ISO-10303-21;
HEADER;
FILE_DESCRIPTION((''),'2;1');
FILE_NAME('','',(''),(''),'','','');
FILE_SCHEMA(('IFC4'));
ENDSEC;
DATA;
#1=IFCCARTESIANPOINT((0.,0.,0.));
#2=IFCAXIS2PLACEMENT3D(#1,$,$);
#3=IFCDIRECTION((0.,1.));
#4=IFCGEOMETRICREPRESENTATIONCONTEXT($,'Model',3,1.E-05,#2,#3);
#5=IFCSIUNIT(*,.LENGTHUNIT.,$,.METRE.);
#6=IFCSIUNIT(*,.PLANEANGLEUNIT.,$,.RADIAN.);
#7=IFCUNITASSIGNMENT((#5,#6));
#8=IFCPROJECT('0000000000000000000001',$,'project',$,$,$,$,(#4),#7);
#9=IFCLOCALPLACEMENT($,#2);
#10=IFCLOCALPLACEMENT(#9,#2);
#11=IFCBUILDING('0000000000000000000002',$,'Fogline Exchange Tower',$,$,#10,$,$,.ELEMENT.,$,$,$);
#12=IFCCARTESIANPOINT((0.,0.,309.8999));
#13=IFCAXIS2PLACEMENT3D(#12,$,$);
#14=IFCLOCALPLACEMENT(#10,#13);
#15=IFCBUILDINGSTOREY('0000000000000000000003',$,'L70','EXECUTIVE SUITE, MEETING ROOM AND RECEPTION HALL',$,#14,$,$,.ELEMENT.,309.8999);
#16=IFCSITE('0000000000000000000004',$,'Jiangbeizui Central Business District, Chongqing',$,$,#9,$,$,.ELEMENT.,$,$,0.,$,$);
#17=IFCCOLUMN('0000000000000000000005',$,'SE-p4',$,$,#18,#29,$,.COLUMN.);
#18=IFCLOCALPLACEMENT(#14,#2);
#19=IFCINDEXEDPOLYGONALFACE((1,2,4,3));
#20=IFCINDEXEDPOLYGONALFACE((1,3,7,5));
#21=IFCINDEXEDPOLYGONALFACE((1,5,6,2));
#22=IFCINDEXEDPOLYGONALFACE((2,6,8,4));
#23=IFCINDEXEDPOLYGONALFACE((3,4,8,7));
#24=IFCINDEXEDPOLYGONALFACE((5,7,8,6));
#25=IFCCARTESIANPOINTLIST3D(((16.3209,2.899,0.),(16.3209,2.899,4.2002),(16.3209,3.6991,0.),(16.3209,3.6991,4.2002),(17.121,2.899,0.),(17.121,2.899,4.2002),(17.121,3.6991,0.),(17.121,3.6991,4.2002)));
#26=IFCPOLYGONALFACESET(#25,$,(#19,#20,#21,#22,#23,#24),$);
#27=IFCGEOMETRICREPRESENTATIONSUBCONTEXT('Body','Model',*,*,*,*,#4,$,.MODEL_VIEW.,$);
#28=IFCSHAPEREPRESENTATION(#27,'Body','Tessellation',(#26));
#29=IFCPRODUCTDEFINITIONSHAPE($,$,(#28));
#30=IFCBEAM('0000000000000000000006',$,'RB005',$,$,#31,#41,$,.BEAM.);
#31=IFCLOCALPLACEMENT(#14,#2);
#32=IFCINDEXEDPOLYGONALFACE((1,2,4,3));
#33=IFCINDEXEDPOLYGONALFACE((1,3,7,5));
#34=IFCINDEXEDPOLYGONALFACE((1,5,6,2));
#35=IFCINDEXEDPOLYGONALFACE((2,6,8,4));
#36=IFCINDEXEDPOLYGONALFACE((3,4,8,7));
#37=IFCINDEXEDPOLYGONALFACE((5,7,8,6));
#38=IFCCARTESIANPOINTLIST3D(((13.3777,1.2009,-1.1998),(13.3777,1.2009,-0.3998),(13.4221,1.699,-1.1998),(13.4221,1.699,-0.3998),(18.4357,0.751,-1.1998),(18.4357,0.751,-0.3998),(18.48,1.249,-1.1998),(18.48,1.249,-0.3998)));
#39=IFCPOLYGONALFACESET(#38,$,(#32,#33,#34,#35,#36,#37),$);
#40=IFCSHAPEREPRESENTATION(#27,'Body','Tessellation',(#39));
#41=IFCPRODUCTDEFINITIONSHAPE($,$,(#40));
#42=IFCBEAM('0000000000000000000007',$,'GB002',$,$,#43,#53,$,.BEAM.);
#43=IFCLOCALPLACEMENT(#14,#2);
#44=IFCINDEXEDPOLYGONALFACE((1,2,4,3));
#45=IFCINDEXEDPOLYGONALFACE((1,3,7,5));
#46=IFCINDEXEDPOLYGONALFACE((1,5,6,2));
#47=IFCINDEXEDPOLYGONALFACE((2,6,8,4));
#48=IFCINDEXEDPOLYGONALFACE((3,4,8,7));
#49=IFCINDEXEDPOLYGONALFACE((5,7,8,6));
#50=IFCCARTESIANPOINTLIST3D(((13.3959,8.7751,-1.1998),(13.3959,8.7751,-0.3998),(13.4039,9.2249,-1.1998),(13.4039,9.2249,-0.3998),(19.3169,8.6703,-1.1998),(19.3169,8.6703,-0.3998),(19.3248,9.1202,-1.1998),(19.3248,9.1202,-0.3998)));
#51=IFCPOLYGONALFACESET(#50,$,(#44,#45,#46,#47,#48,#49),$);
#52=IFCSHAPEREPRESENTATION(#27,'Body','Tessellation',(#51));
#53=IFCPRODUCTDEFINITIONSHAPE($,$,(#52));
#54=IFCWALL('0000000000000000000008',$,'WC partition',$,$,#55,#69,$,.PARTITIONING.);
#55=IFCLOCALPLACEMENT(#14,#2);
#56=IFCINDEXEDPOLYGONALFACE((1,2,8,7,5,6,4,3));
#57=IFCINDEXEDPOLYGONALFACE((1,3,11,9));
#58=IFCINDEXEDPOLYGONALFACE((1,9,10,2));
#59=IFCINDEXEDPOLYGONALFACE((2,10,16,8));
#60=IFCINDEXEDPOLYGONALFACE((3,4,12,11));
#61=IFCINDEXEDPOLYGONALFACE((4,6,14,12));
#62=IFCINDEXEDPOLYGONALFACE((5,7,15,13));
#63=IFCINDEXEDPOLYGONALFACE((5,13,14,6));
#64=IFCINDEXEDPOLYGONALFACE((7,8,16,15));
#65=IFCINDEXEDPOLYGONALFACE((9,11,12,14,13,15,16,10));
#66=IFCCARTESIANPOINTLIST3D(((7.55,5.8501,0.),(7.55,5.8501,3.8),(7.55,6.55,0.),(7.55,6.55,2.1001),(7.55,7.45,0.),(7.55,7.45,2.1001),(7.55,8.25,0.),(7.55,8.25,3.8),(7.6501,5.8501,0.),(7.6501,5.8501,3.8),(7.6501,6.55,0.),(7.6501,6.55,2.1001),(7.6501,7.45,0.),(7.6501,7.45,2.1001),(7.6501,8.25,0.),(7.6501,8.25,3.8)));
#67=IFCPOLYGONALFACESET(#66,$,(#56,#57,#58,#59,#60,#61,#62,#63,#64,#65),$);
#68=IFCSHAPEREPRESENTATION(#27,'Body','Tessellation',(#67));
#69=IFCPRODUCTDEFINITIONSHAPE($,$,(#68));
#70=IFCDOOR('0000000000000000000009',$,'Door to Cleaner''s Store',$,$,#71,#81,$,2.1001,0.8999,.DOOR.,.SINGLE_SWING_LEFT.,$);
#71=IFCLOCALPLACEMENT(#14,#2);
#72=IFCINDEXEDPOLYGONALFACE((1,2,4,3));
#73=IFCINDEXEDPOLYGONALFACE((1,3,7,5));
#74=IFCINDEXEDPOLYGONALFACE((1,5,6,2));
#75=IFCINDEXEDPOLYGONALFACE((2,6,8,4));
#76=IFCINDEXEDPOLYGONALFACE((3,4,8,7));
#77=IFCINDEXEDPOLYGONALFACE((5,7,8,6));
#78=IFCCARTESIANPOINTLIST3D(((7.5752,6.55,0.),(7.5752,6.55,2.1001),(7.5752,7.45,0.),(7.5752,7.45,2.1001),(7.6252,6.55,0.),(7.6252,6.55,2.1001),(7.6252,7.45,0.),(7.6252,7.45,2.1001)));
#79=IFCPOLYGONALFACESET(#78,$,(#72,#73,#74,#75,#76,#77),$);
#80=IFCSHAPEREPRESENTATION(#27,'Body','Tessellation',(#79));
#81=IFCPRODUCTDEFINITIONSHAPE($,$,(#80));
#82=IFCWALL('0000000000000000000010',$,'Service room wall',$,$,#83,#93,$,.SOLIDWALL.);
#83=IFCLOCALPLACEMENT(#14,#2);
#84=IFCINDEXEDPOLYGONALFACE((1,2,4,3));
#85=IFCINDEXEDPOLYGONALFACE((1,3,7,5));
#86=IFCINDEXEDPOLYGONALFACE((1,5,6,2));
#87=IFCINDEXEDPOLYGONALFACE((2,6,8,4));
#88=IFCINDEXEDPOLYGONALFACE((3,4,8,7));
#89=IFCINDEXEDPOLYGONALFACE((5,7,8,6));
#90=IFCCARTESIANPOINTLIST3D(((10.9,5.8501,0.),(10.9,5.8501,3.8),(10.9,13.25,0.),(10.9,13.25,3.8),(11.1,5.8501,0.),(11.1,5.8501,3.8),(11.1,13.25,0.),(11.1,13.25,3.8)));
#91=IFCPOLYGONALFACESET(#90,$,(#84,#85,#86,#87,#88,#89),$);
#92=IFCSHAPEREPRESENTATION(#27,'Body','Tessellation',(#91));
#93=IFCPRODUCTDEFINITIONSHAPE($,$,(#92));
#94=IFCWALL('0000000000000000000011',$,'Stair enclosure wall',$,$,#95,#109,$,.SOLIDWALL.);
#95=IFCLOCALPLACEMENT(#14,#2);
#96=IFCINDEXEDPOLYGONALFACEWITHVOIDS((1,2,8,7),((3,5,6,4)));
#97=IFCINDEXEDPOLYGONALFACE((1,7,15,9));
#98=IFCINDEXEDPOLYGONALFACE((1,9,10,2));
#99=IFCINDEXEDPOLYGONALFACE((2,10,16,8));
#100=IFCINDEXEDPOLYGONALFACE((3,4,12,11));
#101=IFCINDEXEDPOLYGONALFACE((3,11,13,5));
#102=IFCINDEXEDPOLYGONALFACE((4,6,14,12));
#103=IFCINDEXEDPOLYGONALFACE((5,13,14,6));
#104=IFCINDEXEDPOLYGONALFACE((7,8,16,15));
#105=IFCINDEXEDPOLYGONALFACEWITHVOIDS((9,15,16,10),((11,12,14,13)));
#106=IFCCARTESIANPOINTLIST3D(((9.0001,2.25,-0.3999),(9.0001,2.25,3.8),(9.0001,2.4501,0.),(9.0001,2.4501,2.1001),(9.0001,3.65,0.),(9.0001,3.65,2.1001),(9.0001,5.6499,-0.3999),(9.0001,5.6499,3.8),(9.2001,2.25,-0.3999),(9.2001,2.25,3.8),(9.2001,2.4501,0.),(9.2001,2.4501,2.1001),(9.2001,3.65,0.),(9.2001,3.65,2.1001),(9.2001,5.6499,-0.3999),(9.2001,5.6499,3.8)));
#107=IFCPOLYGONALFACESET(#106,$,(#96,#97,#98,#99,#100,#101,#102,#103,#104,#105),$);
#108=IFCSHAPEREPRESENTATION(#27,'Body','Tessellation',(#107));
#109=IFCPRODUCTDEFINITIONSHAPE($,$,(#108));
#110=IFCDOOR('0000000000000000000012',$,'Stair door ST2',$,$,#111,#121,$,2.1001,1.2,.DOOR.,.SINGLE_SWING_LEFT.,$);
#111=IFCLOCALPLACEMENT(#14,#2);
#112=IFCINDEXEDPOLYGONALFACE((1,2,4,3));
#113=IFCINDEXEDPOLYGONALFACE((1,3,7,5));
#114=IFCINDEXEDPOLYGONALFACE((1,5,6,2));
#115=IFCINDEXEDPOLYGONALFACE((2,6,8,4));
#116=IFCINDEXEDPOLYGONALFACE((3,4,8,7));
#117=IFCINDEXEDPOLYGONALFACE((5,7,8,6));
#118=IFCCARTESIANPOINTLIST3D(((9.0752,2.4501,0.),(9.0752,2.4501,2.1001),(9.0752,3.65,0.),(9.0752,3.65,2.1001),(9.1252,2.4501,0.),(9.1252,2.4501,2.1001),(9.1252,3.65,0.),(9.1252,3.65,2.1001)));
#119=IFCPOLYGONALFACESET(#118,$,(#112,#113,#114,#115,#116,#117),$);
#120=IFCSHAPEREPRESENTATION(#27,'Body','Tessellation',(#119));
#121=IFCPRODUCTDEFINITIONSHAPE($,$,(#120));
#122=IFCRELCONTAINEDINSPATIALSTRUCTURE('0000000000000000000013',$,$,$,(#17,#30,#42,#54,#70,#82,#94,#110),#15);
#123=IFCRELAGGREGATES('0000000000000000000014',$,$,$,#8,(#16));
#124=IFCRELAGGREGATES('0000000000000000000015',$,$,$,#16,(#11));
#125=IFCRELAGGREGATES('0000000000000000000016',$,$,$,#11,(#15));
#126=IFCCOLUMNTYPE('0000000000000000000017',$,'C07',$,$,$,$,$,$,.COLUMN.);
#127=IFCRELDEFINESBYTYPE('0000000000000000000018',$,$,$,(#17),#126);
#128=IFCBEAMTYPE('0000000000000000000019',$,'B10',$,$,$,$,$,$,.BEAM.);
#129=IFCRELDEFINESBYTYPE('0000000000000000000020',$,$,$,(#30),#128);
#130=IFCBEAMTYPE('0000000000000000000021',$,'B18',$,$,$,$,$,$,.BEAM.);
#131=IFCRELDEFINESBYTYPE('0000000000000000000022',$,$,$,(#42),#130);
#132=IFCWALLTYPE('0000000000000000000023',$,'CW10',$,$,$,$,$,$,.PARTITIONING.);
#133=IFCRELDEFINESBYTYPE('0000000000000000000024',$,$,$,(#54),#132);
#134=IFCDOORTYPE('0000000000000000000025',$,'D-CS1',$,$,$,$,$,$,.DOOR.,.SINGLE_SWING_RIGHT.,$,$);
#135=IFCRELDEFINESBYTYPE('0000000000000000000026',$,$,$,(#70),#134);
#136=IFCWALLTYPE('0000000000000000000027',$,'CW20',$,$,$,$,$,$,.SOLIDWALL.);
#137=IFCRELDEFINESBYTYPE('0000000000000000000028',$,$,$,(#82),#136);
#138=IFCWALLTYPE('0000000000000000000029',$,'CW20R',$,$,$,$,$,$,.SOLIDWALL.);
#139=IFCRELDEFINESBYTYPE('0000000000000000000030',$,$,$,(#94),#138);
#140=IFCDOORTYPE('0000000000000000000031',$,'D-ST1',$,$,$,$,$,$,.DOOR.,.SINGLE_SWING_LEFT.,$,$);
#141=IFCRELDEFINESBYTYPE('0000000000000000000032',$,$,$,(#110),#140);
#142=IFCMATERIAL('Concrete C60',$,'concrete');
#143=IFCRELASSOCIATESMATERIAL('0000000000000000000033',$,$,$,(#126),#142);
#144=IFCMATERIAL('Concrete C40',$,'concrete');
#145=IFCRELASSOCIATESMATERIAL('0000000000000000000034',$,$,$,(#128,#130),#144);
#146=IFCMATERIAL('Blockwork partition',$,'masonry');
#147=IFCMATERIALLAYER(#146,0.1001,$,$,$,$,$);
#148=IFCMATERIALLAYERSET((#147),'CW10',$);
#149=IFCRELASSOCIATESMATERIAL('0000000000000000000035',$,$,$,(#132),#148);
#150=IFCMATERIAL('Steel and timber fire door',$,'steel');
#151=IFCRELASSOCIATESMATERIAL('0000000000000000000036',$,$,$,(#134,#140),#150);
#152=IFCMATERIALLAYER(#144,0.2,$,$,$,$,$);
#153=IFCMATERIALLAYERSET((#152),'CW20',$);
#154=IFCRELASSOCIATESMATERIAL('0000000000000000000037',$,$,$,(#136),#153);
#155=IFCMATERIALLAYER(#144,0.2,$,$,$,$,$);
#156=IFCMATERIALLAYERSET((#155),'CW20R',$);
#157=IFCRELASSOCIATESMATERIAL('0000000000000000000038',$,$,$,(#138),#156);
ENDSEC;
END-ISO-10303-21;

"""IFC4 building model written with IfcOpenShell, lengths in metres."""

from ifc_helpers import new_model, si_unit, direction, frame, frame_2d, origin, origin_2d, place, context, subcontext, project, spatial, rectangle, extrude, material, layer, layer_set, material_profile, profile_set, type_object, element, fill, save


model = new_model("IFC4")

# Units and contexts
model_context = context("Model", 3, precision=1e-05, world=origin(), true_north=direction((0.0, 1.0)))
body_context = subcontext(model_context, "Body", "Model", "MODEL_VIEW")
ifc_project = project(units=[si_unit("LENGTHUNIT", "METRE"), si_unit("PLANEANGLEUNIT", "RADIAN")], contexts=[model_context])

# Site, building, storey
site_placement = place(None, origin())
site = spatial("IfcSite", under=ifc_project, at=site_placement, Name="Jiangbeizui Central Business District, Chongqing", CompositionType="ELEMENT", RefElevation=0.0)
building_placement = place(site_placement, origin())
building = spatial("IfcBuilding", under=site, at=building_placement, Name="Fogline Exchange Tower", CompositionType="ELEMENT")
storey_placement = place(building_placement, frame((0.0, 0.0, 309.8999)))
storey = spatial("IfcBuildingStorey", under=building, at=storey_placement, Name="L70", Description="EXECUTIVE SUITE, MEETING ROOM AND RECEPTION HALL", CompositionType="ELEMENT", Elevation=309.8999)

# Column
ifc_material_1 = material(Name="Concrete C60", Category="concrete")
ifc_material_profile_1 = material_profile(ifc_material_1, rectangle(XDim=0.8, YDim=0.8, at=origin_2d()), Name="RC 800x800")
ifc_profile_set_1 = profile_set([ifc_material_profile_1], Name="Concrete C60")
column_type = type_object("IfcColumnType", Name="C07", PredefinedType="COLUMN", material=ifc_profile_set_1)
column_placement = place(storey_placement, frame((16.7209, 3.2991, 0.0), z_axis=(0.0, 0.0, 1.0), x_axis=(1.0, 0.0, 0.0)))
element("IfcColumn", 1, at=column_placement, inside=storey, type_object=column_type, Name="SE-p4", PredefinedType="COLUMN", context=body_context, shape_type="SweptSolid", body=[
    extrude(rectangle(XDim=0.8, YDim=0.8, at=origin_2d()), origin(), (0.0, 0.0, 1.0), 4.2002),
])

# Beams
ifc_material_2 = material(Name="Concrete C40", Category="concrete")
ifc_material_profile_2 = material_profile(ifc_material_2, rectangle(XDim=0.5, YDim=0.8, at=origin_2d()), Name="RC 500x800")
ifc_profile_set_2 = profile_set([ifc_material_profile_2], Name="Concrete C40")
beam_type_1 = type_object("IfcBeamType", Name="B10", PredefinedType="BEAM", material=ifc_profile_set_2)
beam_1_placement = place(storey_placement, frame((13.3999, 1.45, -0.7998), z_axis=(0.996066, -0.088611, 0.0), x_axis=(0.088611, 0.996066, 0.0)))
element("IfcBeam", 2, at=beam_1_placement, inside=storey, type_object=beam_type_1, Name="RB005", PredefinedType="BEAM", context=body_context, shape_type="SweptSolid", body=[
    extrude(rectangle(XDim=0.5, YDim=0.8, at=origin_2d()), origin(), (0.0, 0.0, 1.0), 5.0779),
])
ifc_material_profile_3 = material_profile(ifc_material_2, rectangle(XDim=0.45, YDim=0.8, at=origin_2d()), Name="RC 450x800")
ifc_profile_set_3 = profile_set([ifc_material_profile_3], Name="Concrete C40")
beam_type_2 = type_object("IfcBeamType", Name="B18", PredefinedType="BEAM", material=ifc_profile_set_3)
beam_2_placement = place(storey_placement, frame((13.3999, 9.0, -0.7998), z_axis=(0.999844, -0.017686, 0.0), x_axis=(0.017686, 0.999844, 0.0)))
element("IfcBeam", 3, at=beam_2_placement, inside=storey, type_object=beam_type_2, Name="GB002", PredefinedType="BEAM", context=body_context, shape_type="SweptSolid", body=[
    extrude(rectangle(XDim=0.45, YDim=0.8, at=origin_2d()), origin(), (0.0, 0.0, 1.0), 5.9219),
])

# Wall, opening, door
ifc_material_3 = material(Name="Blockwork partition", Category="masonry")
ifc_layer_1 = layer(ifc_material_3, 0.1001)
ifc_layer_set_1 = layer_set([ifc_layer_1], Name="CW10")
wall_type_1 = type_object("IfcWallType", Name="CW10", PredefinedType="PARTITIONING", material=ifc_layer_set_1)
wall_1_placement = place(storey_placement, frame((7.6001, 5.8501, 0.0), z_axis=(0.0, 0.0, 1.0), x_axis=(0.0, 1.0, 0.0)))
wall_1 = element("IfcWall", 4, at=wall_1_placement, inside=storey, type_object=wall_type_1, Name="WC partition", PredefinedType="PARTITIONING", context=body_context, shape_type="SweptSolid", body=[
    extrude(rectangle(XDim=2.3999, YDim=0.1001, at=frame_2d((1.2, 0.0))), origin(), (0.0, 0.0, 1.0), 3.8),
])
opening_1_placement = place(wall_1_placement, frame((0.7, 0.0, 0.0)))
opening_1 = element("IfcOpeningElement", 5, at=opening_1_placement, cuts=wall_1, PredefinedType="OPENING", context=body_context, shape_type="SweptSolid", body=[
    extrude(rectangle(XDim=0.8999, YDim=2.1001, at=frame_2d((0.45, 1.05))), frame((0.0, 0.0601, 0.0), z_axis=(0.0, -1.0, 0.0), x_axis=(1.0, 0.0, 0.0)), (0.0, 0.0, 1.0), 0.1201),
])
ifc_material_4 = material(Name="Steel and timber fire door", Category="steel")
door_type_1 = type_object("IfcDoorType", Name="D-CS1", OperationType="SINGLE_SWING_RIGHT", PredefinedType="DOOR", material=ifc_material_4)
door_1_placement = place(opening_1_placement, origin())
door_1 = element("IfcDoor", 6, at=door_1_placement, inside=storey, type_object=door_type_1, Name="Door to Cleaner's Store", OperationType="SINGLE_SWING_LEFT", OverallHeight=2.1001, OverallWidth=0.8999, PredefinedType="DOOR", context=body_context, shape_type="SweptSolid", body=[
    extrude(rectangle(XDim=0.8999, YDim=2.1001, at=frame_2d((0.45, 1.05))), frame((0.0, 0.0249, 0.0), z_axis=(0.0, -1.0, 0.0), x_axis=(1.0, 0.0, 0.0)), (0.0, 0.0, 1.0), 0.05),
])
fill(opening_1, door_1)

# Wall
ifc_layer_2 = layer(ifc_material_2, 0.2)
ifc_layer_set_2 = layer_set([ifc_layer_2], Name="CW20")
wall_type_2 = type_object("IfcWallType", Name="CW20", PredefinedType="SOLIDWALL", material=ifc_layer_set_2)
wall_2_placement = place(storey_placement, frame((11.0, 5.8501, 0.0), z_axis=(0.0, 0.0, 1.0), x_axis=(0.0, 1.0, 0.0)))
element("IfcWall", 7, at=wall_2_placement, inside=storey, type_object=wall_type_2, Name="Service room wall", PredefinedType="SOLIDWALL", context=body_context, shape_type="SweptSolid", body=[
    extrude(rectangle(XDim=7.3999, YDim=0.2, at=frame_2d((3.7, 0.0))), origin(), (0.0, 0.0, 1.0), 3.8),
])

# Wall, opening, door
ifc_layer_3 = layer(ifc_material_2, 0.2)
ifc_layer_set_3 = layer_set([ifc_layer_3], Name="CW20R")
wall_type_3 = type_object("IfcWallType", Name="CW20R", PredefinedType="SOLIDWALL", material=ifc_layer_set_3)
wall_3_placement = place(storey_placement, frame((9.1001, 2.25, -0.3999), z_axis=(0.0, 0.0, 1.0), x_axis=(0.0, 1.0, 0.0)))
wall_3 = element("IfcWall", 8, at=wall_3_placement, inside=storey, type_object=wall_type_3, Name="Stair enclosure wall", PredefinedType="SOLIDWALL", context=body_context, shape_type="SweptSolid", body=[
    extrude(rectangle(XDim=3.3999, YDim=0.2, at=frame_2d((1.7, 0.0))), origin(), (0.0, 0.0, 1.0), 4.2),
])
opening_2_placement = place(wall_3_placement, frame((0.2, 0.0, 0.3999)))
opening_2 = element("IfcOpeningElement", 9, at=opening_2_placement, cuts=wall_3, PredefinedType="OPENING", context=body_context, shape_type="SweptSolid", body=[
    extrude(rectangle(XDim=1.2, YDim=2.1001, at=frame_2d((0.6001, 1.05))), frame((0.0, 0.1099, 0.0), z_axis=(0.0, -1.0, 0.0), x_axis=(1.0, 0.0, 0.0)), (0.0, 0.0, 1.0), 0.22),
])
door_type_2 = type_object("IfcDoorType", Name="D-ST1", OperationType="SINGLE_SWING_LEFT", PredefinedType="DOOR", material=ifc_material_4)
door_2_placement = place(opening_2_placement, origin())
door_2 = element("IfcDoor", 10, at=door_2_placement, inside=storey, type_object=door_type_2, Name="Stair door ST2", OperationType="SINGLE_SWING_LEFT", OverallHeight=2.1001, OverallWidth=1.2, PredefinedType="DOOR", context=body_context, shape_type="SweptSolid", body=[
    extrude(rectangle(XDim=1.2, YDim=2.1001, at=frame_2d((0.6001, 1.05))), frame((0.0, 0.0249, 0.0), z_axis=(0.0, -1.0, 0.0), x_axis=(1.0, 0.0, 0.0)), (0.0, 0.0, 1.0), 0.05),
])
fill(opening_2, door_2)

save(model, "model.ifc")
